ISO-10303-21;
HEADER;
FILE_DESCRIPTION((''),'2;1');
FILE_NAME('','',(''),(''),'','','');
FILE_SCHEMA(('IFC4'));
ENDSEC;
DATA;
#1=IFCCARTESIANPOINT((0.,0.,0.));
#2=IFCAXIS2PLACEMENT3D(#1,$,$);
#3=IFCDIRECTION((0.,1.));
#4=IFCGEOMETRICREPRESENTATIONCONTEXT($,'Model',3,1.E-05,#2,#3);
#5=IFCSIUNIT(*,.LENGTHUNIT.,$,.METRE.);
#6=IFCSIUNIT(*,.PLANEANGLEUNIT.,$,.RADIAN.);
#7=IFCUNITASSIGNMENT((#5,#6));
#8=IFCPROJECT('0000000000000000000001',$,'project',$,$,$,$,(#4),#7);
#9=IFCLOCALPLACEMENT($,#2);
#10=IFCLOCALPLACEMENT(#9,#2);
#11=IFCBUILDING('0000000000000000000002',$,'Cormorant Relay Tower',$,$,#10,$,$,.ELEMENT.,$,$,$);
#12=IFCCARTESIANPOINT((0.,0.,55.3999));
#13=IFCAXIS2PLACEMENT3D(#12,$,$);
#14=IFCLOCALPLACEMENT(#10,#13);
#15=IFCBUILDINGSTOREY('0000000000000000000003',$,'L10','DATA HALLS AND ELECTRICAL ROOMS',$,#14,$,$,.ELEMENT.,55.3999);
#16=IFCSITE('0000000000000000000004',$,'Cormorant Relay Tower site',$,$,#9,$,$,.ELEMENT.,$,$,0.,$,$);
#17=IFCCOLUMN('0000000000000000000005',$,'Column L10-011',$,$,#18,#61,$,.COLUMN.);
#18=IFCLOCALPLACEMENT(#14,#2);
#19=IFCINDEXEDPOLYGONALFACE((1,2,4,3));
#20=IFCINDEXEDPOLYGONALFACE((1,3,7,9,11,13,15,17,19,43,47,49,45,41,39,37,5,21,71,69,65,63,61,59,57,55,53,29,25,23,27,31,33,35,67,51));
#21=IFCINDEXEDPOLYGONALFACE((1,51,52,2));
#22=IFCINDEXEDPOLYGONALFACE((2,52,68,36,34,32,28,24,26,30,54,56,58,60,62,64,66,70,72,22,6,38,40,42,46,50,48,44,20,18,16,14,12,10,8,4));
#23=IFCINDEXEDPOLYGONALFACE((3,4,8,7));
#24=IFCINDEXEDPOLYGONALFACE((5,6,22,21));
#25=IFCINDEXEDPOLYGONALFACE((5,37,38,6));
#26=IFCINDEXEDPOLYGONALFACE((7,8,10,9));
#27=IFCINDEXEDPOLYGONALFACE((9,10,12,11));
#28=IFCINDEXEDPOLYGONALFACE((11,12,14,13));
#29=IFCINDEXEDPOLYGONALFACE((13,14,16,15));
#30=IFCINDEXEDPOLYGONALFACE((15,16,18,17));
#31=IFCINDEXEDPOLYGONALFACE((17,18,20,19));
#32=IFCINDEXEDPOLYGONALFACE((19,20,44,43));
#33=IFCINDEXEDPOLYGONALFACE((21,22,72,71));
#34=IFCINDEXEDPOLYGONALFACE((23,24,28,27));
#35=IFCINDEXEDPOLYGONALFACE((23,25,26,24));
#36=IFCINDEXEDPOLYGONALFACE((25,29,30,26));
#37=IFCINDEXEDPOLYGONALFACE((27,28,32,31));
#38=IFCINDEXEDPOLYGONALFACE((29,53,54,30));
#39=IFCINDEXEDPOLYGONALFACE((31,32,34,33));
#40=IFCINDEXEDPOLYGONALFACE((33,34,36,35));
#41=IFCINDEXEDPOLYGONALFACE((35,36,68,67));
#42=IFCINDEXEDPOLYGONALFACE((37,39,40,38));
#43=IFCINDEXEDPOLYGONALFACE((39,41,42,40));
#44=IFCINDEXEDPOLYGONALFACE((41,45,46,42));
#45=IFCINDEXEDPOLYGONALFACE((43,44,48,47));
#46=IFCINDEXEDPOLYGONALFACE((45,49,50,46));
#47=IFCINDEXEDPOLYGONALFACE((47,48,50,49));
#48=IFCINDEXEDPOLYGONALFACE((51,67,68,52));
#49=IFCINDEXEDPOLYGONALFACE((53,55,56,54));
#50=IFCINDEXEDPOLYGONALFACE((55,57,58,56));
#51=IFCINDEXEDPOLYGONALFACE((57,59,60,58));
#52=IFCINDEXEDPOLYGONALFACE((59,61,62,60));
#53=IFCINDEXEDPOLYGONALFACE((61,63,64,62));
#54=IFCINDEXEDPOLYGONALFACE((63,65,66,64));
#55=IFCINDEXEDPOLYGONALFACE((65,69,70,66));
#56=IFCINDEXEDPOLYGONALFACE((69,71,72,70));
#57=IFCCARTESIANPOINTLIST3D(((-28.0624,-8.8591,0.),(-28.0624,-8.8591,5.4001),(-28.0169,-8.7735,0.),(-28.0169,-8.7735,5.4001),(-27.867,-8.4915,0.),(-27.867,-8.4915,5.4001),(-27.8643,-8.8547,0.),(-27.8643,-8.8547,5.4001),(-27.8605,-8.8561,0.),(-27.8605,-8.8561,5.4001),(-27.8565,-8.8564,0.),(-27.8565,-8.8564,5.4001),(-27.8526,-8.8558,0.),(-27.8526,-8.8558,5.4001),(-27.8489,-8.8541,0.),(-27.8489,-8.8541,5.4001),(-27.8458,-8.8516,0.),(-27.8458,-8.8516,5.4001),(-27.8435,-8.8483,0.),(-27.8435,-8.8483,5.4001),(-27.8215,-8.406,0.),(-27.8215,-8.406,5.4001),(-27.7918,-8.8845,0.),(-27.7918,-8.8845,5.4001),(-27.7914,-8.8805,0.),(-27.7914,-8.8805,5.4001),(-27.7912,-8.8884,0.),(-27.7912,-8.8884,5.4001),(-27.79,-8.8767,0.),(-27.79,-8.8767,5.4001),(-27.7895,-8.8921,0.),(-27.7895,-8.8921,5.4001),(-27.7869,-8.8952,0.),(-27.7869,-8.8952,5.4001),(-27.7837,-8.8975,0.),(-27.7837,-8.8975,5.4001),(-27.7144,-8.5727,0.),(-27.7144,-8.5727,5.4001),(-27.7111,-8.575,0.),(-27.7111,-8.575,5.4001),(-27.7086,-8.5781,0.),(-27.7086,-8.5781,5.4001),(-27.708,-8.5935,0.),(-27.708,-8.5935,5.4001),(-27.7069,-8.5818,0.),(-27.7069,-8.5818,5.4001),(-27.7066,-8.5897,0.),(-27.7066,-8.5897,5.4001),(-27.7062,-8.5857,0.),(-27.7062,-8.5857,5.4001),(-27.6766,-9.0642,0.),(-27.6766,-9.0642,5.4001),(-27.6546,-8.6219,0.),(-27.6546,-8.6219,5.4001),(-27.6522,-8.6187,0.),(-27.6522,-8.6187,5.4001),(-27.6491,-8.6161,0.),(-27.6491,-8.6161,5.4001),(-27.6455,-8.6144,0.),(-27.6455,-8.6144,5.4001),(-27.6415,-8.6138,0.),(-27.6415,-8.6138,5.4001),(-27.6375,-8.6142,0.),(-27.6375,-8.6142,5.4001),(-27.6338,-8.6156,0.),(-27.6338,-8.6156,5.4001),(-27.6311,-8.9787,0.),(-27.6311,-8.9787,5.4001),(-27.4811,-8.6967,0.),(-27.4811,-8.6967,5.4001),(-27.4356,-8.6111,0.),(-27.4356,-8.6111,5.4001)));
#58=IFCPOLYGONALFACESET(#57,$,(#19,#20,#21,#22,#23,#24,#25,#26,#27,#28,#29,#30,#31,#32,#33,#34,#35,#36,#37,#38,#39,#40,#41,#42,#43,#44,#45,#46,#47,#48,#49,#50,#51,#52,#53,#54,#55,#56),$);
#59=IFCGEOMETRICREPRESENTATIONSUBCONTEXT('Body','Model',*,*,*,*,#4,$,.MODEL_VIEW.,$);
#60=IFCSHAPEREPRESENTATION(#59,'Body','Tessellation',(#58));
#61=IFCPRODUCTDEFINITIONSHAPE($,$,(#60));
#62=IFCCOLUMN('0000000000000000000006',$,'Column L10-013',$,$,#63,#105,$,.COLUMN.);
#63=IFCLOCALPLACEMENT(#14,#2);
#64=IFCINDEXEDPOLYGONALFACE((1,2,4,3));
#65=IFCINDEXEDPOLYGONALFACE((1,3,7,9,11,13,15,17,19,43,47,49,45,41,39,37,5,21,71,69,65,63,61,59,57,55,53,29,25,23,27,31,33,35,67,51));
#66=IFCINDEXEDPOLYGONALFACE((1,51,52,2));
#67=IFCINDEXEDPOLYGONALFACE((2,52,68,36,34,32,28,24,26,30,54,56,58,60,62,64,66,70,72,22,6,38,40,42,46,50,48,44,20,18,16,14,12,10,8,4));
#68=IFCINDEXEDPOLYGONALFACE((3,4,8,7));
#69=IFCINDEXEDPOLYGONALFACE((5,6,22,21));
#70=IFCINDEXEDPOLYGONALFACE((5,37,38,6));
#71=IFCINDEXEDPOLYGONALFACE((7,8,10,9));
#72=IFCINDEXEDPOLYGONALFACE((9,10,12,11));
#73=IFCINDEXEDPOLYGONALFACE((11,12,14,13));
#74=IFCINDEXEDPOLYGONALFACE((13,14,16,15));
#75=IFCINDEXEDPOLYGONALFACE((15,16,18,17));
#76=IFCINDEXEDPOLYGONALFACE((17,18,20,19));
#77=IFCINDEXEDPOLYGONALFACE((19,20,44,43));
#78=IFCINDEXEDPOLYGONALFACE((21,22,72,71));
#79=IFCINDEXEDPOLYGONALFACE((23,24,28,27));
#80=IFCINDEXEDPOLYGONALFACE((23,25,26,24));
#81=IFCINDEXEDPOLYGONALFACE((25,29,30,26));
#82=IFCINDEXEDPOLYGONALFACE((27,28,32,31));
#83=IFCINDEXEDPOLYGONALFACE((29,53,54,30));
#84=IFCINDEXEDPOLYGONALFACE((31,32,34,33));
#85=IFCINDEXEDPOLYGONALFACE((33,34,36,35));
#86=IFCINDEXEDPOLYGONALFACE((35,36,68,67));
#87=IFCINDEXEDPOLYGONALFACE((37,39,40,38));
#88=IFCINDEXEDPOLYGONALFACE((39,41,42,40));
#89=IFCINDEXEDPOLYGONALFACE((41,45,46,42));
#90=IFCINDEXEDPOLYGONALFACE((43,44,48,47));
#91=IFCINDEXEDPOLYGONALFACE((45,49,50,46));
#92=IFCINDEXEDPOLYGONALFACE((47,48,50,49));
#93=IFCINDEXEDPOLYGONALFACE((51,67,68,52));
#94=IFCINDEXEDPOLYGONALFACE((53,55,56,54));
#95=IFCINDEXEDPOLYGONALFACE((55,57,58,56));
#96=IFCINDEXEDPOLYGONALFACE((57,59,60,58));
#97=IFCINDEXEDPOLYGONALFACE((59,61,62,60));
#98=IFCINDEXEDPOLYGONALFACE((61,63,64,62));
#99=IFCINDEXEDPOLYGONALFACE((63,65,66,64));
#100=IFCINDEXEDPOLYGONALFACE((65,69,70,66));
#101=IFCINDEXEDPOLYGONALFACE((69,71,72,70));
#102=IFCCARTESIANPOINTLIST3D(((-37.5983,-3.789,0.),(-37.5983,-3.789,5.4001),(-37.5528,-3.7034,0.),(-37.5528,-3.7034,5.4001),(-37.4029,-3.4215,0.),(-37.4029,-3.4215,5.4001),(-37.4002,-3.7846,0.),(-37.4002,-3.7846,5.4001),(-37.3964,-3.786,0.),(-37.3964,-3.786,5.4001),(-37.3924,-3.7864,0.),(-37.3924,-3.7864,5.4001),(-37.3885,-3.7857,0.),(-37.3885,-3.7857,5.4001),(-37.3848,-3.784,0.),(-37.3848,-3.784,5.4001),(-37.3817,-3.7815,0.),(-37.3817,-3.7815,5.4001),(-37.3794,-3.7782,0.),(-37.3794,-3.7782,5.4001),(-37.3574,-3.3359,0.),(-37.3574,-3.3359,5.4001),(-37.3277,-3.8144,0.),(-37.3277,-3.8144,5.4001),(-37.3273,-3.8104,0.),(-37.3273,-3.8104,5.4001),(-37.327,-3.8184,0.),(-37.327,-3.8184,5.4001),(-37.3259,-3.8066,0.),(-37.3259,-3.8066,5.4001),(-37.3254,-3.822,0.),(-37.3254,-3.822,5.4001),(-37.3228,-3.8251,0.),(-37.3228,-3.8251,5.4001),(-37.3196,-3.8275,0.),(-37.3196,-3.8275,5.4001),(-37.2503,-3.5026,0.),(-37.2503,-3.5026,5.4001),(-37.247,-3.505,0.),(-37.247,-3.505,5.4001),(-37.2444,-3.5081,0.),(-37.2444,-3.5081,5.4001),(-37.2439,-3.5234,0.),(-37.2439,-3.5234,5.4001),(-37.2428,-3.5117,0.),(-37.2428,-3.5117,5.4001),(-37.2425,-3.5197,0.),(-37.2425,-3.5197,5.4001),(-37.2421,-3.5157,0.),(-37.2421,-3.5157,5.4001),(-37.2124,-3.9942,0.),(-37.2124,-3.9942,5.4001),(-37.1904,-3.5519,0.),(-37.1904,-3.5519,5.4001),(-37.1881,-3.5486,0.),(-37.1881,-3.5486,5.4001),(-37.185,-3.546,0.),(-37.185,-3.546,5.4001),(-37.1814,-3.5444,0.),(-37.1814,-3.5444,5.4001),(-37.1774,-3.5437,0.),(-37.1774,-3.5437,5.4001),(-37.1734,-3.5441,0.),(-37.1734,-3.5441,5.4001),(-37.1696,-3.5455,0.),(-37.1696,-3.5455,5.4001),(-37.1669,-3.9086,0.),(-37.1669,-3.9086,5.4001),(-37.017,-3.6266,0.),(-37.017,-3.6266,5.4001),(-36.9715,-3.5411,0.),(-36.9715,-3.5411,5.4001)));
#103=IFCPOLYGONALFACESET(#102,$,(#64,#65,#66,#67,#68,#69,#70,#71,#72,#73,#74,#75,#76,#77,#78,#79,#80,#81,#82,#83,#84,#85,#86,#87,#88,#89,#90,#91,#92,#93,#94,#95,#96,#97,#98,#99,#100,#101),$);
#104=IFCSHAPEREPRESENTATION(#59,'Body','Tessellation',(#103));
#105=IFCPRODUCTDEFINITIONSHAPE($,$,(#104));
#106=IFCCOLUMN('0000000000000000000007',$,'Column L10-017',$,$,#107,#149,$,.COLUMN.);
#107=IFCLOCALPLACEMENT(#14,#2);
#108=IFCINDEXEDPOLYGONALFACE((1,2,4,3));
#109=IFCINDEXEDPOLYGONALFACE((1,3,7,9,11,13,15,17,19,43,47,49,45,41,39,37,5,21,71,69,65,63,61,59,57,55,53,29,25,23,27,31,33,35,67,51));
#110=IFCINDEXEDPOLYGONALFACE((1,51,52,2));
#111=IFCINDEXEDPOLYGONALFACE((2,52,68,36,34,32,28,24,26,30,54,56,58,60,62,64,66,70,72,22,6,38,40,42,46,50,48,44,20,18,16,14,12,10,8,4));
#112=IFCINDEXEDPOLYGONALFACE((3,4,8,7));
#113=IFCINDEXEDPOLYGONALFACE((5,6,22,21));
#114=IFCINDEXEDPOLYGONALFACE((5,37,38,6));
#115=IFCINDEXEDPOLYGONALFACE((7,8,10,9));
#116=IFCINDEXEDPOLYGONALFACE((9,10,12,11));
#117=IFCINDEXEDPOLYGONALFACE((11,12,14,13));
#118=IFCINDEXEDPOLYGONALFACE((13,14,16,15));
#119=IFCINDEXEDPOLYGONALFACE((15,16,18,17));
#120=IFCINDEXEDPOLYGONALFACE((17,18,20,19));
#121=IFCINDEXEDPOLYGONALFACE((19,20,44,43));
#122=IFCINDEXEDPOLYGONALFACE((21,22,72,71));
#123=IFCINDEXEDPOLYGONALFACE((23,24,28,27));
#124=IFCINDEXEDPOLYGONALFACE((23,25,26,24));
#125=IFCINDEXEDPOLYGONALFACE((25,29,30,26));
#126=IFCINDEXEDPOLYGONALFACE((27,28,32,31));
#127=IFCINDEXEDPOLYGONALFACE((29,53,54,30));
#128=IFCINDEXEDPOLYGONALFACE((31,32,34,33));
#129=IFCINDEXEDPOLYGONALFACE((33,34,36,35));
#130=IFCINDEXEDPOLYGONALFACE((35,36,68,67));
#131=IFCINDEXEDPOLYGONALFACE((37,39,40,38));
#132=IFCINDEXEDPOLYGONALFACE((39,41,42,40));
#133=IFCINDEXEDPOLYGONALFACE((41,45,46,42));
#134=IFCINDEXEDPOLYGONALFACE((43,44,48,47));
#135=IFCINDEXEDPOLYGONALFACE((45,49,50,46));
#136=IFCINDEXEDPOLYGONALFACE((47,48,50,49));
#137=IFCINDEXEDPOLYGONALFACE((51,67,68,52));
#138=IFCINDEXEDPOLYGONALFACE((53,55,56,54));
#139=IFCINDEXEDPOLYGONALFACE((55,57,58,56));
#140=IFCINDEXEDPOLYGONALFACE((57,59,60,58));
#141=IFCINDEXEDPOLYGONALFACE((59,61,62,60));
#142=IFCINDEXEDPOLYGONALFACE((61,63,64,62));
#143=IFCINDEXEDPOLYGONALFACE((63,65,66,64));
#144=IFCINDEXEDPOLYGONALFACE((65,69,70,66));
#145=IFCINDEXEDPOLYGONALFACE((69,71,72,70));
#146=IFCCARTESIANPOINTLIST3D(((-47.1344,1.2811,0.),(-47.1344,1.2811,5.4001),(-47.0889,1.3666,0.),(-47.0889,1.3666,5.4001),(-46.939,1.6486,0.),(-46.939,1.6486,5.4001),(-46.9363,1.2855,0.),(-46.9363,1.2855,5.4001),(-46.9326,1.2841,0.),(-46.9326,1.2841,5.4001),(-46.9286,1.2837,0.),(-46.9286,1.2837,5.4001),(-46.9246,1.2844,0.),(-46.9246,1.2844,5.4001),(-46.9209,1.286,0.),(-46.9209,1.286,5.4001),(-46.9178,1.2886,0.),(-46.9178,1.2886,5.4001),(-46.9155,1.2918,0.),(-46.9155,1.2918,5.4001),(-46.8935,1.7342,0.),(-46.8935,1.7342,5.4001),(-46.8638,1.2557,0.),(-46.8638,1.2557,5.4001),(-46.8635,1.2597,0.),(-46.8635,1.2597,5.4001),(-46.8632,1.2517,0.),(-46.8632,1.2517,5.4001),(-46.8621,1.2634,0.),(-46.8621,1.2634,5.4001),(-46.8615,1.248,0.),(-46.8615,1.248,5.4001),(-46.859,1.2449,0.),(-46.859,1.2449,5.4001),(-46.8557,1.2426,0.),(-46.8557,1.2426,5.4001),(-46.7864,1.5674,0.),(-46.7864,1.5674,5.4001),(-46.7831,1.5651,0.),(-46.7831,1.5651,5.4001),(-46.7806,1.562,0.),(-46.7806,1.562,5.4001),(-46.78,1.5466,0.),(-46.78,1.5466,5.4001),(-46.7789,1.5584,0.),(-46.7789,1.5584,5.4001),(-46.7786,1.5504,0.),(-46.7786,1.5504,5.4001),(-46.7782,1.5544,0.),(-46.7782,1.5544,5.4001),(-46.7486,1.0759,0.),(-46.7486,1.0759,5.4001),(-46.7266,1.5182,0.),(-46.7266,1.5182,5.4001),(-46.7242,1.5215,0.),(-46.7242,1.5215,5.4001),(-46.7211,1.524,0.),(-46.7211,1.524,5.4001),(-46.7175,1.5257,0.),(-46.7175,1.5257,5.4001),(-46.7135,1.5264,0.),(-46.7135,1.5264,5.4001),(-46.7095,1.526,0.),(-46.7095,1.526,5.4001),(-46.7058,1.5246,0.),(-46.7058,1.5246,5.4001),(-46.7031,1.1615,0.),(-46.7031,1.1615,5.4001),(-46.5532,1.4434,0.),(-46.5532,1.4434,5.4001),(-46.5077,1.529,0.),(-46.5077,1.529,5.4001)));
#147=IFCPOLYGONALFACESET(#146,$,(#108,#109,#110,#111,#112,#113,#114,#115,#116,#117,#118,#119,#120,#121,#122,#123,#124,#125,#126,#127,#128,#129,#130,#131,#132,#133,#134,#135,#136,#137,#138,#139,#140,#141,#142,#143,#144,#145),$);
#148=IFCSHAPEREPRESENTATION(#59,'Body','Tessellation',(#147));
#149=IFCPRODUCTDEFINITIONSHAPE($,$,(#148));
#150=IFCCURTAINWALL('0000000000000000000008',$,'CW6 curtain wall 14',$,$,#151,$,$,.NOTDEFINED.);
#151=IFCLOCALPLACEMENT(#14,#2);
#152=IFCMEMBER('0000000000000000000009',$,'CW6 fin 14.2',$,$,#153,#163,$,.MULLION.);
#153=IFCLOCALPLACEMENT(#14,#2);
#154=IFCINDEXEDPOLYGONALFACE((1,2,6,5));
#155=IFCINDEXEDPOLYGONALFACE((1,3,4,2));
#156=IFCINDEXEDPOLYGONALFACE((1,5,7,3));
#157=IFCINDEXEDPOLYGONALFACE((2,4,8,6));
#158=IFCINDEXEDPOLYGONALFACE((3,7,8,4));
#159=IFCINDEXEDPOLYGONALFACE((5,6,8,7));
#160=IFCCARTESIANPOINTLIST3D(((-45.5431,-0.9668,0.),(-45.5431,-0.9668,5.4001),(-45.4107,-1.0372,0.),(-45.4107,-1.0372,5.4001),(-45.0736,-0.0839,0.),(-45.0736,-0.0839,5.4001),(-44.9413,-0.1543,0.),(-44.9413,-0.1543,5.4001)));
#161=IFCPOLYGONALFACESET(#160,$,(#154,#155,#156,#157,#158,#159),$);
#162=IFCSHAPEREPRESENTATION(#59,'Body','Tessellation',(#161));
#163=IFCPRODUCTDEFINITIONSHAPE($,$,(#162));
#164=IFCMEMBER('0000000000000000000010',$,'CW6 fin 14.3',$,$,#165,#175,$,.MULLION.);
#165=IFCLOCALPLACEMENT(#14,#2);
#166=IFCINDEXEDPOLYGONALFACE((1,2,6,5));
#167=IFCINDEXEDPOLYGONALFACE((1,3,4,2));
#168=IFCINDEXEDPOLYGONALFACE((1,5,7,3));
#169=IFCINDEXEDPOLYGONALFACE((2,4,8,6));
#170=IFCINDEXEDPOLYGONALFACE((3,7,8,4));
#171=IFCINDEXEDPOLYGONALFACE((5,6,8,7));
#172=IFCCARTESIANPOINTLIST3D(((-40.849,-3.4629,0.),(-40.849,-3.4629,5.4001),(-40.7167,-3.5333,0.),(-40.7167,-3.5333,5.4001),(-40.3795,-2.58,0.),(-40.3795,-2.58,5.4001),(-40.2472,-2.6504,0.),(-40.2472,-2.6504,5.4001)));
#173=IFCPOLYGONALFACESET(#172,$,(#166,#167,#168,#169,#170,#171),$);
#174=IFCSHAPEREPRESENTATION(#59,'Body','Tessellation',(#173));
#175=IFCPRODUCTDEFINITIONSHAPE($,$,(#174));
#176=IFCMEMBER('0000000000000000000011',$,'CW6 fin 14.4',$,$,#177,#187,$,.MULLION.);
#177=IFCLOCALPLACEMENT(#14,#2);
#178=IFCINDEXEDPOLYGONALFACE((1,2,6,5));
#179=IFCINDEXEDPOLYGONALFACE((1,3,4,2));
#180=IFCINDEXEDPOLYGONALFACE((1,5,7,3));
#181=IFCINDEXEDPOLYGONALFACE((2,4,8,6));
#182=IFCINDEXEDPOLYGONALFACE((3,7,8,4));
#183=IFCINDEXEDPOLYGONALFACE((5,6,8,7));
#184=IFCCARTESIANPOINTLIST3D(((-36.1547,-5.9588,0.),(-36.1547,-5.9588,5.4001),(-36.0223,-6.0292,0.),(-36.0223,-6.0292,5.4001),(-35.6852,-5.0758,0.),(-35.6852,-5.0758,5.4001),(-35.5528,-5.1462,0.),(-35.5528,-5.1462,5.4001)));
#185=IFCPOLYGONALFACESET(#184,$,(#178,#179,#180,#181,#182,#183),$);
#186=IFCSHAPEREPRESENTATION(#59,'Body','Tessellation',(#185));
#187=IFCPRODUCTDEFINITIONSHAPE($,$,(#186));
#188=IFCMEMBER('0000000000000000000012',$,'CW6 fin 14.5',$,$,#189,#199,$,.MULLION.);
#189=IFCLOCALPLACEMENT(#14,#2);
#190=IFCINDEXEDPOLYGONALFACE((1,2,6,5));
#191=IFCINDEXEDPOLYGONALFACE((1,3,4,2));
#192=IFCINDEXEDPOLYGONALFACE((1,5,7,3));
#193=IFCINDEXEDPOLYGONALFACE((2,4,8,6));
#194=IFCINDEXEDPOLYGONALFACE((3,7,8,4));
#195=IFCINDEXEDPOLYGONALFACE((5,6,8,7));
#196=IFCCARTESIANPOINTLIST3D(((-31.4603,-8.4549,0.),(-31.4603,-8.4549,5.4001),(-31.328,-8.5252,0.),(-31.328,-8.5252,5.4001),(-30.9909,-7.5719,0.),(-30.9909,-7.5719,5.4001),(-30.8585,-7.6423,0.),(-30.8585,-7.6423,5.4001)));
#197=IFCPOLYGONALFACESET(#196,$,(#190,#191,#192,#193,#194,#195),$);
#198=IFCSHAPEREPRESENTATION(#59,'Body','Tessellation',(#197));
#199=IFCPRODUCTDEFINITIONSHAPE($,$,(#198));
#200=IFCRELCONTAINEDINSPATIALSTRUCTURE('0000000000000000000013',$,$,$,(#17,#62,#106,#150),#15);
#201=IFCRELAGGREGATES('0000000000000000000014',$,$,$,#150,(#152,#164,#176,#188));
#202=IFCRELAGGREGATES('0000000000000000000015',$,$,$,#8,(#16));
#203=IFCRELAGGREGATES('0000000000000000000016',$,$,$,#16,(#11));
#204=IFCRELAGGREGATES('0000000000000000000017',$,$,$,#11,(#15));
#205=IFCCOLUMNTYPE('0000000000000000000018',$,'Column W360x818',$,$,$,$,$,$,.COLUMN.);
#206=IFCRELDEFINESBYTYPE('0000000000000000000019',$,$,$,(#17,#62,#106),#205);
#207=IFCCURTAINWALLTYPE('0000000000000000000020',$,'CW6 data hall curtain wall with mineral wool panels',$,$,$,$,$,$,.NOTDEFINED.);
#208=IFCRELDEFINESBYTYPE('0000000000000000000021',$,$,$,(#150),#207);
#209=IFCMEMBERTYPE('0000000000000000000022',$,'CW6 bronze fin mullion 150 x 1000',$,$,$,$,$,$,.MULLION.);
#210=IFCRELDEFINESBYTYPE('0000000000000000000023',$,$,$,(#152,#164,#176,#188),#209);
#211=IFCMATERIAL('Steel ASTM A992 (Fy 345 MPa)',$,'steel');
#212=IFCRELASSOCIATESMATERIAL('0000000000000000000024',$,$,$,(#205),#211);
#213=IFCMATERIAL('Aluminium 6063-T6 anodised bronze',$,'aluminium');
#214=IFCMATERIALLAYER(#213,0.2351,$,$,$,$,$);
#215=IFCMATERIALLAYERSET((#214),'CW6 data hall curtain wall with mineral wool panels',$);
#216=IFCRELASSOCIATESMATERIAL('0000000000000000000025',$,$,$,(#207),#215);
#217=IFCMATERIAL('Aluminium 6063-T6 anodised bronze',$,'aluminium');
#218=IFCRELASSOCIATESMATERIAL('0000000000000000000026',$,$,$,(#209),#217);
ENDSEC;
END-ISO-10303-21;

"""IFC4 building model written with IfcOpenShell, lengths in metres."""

from ifc_helpers import new_model, si_unit, direction, frame, origin, origin_2d, place, context, subcontext, project, spatial, rectangle, i_section, extrude, material, layer, layer_set, material_profile, profile_set, type_object, element, aggregate, save


model = new_model("IFC4")

# Units and contexts
model_context = context("Model", 3, precision=1e-05, world=origin(), true_north=direction((0.0, 1.0)))
body_context = subcontext(model_context, "Body", "Model", "MODEL_VIEW")
ifc_project = project(units=[si_unit("LENGTHUNIT", "METRE"), si_unit("PLANEANGLEUNIT", "RADIAN")], contexts=[model_context])

# Site, building, storey
site_placement = place(None, origin())
site = spatial("IfcSite", under=ifc_project, at=site_placement, Name="Cormorant Relay Tower site", CompositionType="ELEMENT", RefElevation=0.0)
building_placement = place(site_placement, origin())
building = spatial("IfcBuilding", under=site, at=building_placement, Name="Cormorant Relay Tower", CompositionType="ELEMENT")
storey_placement = place(building_placement, frame((0.0, 0.0, 55.3999)))
storey = spatial("IfcBuildingStorey", under=building, at=storey_placement, Name="L10", Description="DATA HALLS AND ELECTRICAL ROOMS", CompositionType="ELEMENT", Elevation=55.3999)

# Columns
ifc_material_1 = material(Name="Steel ASTM A992 (Fy 345 MPa)", Category="steel")
ifc_material_profile_1 = material_profile(ifc_material_1, i_section(OverallWidth=0.437, OverallDepth=0.5132, WebThickness=0.0605, FlangeThickness=0.0969, FilletRadius=0.0154, at=origin_2d()), Name="W360x818")
ifc_profile_set_1 = profile_set([ifc_material_profile_1], Name="Steel ASTM A992 (Fy 345 MPa)")
column_type = type_object("IfcColumnType", Name="Column W360x818", PredefinedType="COLUMN", material=ifc_profile_set_1)
for number, where, z_axis, x_axis, name in (
    (1, (-27.749, -8.7351, 0.0), (0.0, 0.0, 1.0), (0.882948, -0.469472, 0.0), "Column L10-011"),
    (2, (-37.2849, -3.665, 0.0), (0.0, 0.0, 1.0), (0.882948, -0.469472, 0.0), "Column L10-013"),
    (3, (-46.821, 1.405, 0.0), (0.0, 0.0, 1.0), (0.882948, -0.469472, 0.0), "Column L10-017"),
):
    element("IfcColumn", number, at=place(storey_placement, frame(where, z_axis=z_axis, x_axis=x_axis)), inside=storey, type_object=column_type, Name=name, PredefinedType="COLUMN", context=body_context, shape_type="SweptSolid", body=[
        extrude(i_section(OverallWidth=0.437, OverallDepth=0.5132, WebThickness=0.0605, FlangeThickness=0.0969, FilletRadius=0.0154, at=origin_2d()), origin(), (0.0, 0.0, 1.0), 5.4001),
    ])

# Curtain wall, members
ifc_material_2 = material(Name="Aluminium 6063-T6 anodised bronze", Category="aluminium")
ifc_layer_1 = layer(ifc_material_2, 0.2351)
ifc_layer_set_1 = layer_set([ifc_layer_1], Name="CW6 data hall curtain wall with mineral wool panels")
curtain_wall_type = type_object("IfcCurtainWallType", Name="CW6 data hall curtain wall with mineral wool panels", PredefinedType="NOTDEFINED", material=ifc_layer_set_1)
curtain_wall_placement = place(storey_placement, origin())
curtain_wall = element("IfcCurtainWall", 4, at=curtain_wall_placement, inside=storey, type_object=curtain_wall_type, Name="CW6 curtain wall 14", PredefinedType="NOTDEFINED")
ifc_material_3 = material(Name="Aluminium 6063-T6 anodised bronze", Category="aluminium")
ifc_material_profile_2 = material_profile(ifc_material_3, rectangle(XDim=0.1499, YDim=1.0, at=origin_2d()), Name="AL 150x1000")
ifc_profile_set_2 = profile_set([ifc_material_profile_2], Name="Aluminium 6063-T6 anodised bronze")
member_type = type_object("IfcMemberType", Name="CW6 bronze fin mullion 150 x 1000", PredefinedType="MULLION", material=ifc_profile_set_2)
member_1_placement = place(storey_placement, frame((-45.2422, -0.5605, 0.0), z_axis=(0.0, 0.0, 1.0), x_axis=(0.882948, -0.469472, 0.0)))
member_1 = element("IfcMember", 5, at=member_1_placement, type_object=member_type, Name="CW6 fin 14.2", PredefinedType="MULLION", context=body_context, shape_type="SweptSolid", body=[
    extrude(rectangle(XDim=0.1499, YDim=1.0, at=origin_2d()), origin(), (0.0, 0.0, 1.0), 5.4001),
])
member_2_placement = place(storey_placement, frame((-40.5481, -3.0566, 0.0), z_axis=(0.0, 0.0, 1.0), x_axis=(0.882948, -0.469472, 0.0)))
member_2 = element("IfcMember", 6, at=member_2_placement, type_object=member_type, Name="CW6 fin 14.3", PredefinedType="MULLION", context=body_context, shape_type="SweptSolid", body=[
    extrude(rectangle(XDim=0.1499, YDim=1.0, at=origin_2d()), origin(), (0.0, 0.0, 1.0), 5.4001),
])
member_3_placement = place(storey_placement, frame((-35.8538, -5.5525, 0.0), z_axis=(0.0, 0.0, 1.0), x_axis=(0.882948, -0.469472, 0.0)))
member_3 = element("IfcMember", 7, at=member_3_placement, type_object=member_type, Name="CW6 fin 14.4", PredefinedType="MULLION", context=body_context, shape_type="SweptSolid", body=[
    extrude(rectangle(XDim=0.1499, YDim=1.0, at=origin_2d()), origin(), (0.0, 0.0, 1.0), 5.4001),
])
member_4_placement = place(storey_placement, frame((-31.1594, -8.0486, 0.0), z_axis=(0.0, 0.0, 1.0), x_axis=(0.882948, -0.469472, 0.0)))
member_4 = element("IfcMember", 8, at=member_4_placement, type_object=member_type, Name="CW6 fin 14.5", PredefinedType="MULLION", context=body_context, shape_type="SweptSolid", body=[
    extrude(rectangle(XDim=0.1499, YDim=1.0, at=origin_2d()), origin(), (0.0, 0.0, 1.0), 5.4001),
])

aggregate(curtain_wall, [member_1, member_2, member_3, member_4])

save(model, "model.ifc")
